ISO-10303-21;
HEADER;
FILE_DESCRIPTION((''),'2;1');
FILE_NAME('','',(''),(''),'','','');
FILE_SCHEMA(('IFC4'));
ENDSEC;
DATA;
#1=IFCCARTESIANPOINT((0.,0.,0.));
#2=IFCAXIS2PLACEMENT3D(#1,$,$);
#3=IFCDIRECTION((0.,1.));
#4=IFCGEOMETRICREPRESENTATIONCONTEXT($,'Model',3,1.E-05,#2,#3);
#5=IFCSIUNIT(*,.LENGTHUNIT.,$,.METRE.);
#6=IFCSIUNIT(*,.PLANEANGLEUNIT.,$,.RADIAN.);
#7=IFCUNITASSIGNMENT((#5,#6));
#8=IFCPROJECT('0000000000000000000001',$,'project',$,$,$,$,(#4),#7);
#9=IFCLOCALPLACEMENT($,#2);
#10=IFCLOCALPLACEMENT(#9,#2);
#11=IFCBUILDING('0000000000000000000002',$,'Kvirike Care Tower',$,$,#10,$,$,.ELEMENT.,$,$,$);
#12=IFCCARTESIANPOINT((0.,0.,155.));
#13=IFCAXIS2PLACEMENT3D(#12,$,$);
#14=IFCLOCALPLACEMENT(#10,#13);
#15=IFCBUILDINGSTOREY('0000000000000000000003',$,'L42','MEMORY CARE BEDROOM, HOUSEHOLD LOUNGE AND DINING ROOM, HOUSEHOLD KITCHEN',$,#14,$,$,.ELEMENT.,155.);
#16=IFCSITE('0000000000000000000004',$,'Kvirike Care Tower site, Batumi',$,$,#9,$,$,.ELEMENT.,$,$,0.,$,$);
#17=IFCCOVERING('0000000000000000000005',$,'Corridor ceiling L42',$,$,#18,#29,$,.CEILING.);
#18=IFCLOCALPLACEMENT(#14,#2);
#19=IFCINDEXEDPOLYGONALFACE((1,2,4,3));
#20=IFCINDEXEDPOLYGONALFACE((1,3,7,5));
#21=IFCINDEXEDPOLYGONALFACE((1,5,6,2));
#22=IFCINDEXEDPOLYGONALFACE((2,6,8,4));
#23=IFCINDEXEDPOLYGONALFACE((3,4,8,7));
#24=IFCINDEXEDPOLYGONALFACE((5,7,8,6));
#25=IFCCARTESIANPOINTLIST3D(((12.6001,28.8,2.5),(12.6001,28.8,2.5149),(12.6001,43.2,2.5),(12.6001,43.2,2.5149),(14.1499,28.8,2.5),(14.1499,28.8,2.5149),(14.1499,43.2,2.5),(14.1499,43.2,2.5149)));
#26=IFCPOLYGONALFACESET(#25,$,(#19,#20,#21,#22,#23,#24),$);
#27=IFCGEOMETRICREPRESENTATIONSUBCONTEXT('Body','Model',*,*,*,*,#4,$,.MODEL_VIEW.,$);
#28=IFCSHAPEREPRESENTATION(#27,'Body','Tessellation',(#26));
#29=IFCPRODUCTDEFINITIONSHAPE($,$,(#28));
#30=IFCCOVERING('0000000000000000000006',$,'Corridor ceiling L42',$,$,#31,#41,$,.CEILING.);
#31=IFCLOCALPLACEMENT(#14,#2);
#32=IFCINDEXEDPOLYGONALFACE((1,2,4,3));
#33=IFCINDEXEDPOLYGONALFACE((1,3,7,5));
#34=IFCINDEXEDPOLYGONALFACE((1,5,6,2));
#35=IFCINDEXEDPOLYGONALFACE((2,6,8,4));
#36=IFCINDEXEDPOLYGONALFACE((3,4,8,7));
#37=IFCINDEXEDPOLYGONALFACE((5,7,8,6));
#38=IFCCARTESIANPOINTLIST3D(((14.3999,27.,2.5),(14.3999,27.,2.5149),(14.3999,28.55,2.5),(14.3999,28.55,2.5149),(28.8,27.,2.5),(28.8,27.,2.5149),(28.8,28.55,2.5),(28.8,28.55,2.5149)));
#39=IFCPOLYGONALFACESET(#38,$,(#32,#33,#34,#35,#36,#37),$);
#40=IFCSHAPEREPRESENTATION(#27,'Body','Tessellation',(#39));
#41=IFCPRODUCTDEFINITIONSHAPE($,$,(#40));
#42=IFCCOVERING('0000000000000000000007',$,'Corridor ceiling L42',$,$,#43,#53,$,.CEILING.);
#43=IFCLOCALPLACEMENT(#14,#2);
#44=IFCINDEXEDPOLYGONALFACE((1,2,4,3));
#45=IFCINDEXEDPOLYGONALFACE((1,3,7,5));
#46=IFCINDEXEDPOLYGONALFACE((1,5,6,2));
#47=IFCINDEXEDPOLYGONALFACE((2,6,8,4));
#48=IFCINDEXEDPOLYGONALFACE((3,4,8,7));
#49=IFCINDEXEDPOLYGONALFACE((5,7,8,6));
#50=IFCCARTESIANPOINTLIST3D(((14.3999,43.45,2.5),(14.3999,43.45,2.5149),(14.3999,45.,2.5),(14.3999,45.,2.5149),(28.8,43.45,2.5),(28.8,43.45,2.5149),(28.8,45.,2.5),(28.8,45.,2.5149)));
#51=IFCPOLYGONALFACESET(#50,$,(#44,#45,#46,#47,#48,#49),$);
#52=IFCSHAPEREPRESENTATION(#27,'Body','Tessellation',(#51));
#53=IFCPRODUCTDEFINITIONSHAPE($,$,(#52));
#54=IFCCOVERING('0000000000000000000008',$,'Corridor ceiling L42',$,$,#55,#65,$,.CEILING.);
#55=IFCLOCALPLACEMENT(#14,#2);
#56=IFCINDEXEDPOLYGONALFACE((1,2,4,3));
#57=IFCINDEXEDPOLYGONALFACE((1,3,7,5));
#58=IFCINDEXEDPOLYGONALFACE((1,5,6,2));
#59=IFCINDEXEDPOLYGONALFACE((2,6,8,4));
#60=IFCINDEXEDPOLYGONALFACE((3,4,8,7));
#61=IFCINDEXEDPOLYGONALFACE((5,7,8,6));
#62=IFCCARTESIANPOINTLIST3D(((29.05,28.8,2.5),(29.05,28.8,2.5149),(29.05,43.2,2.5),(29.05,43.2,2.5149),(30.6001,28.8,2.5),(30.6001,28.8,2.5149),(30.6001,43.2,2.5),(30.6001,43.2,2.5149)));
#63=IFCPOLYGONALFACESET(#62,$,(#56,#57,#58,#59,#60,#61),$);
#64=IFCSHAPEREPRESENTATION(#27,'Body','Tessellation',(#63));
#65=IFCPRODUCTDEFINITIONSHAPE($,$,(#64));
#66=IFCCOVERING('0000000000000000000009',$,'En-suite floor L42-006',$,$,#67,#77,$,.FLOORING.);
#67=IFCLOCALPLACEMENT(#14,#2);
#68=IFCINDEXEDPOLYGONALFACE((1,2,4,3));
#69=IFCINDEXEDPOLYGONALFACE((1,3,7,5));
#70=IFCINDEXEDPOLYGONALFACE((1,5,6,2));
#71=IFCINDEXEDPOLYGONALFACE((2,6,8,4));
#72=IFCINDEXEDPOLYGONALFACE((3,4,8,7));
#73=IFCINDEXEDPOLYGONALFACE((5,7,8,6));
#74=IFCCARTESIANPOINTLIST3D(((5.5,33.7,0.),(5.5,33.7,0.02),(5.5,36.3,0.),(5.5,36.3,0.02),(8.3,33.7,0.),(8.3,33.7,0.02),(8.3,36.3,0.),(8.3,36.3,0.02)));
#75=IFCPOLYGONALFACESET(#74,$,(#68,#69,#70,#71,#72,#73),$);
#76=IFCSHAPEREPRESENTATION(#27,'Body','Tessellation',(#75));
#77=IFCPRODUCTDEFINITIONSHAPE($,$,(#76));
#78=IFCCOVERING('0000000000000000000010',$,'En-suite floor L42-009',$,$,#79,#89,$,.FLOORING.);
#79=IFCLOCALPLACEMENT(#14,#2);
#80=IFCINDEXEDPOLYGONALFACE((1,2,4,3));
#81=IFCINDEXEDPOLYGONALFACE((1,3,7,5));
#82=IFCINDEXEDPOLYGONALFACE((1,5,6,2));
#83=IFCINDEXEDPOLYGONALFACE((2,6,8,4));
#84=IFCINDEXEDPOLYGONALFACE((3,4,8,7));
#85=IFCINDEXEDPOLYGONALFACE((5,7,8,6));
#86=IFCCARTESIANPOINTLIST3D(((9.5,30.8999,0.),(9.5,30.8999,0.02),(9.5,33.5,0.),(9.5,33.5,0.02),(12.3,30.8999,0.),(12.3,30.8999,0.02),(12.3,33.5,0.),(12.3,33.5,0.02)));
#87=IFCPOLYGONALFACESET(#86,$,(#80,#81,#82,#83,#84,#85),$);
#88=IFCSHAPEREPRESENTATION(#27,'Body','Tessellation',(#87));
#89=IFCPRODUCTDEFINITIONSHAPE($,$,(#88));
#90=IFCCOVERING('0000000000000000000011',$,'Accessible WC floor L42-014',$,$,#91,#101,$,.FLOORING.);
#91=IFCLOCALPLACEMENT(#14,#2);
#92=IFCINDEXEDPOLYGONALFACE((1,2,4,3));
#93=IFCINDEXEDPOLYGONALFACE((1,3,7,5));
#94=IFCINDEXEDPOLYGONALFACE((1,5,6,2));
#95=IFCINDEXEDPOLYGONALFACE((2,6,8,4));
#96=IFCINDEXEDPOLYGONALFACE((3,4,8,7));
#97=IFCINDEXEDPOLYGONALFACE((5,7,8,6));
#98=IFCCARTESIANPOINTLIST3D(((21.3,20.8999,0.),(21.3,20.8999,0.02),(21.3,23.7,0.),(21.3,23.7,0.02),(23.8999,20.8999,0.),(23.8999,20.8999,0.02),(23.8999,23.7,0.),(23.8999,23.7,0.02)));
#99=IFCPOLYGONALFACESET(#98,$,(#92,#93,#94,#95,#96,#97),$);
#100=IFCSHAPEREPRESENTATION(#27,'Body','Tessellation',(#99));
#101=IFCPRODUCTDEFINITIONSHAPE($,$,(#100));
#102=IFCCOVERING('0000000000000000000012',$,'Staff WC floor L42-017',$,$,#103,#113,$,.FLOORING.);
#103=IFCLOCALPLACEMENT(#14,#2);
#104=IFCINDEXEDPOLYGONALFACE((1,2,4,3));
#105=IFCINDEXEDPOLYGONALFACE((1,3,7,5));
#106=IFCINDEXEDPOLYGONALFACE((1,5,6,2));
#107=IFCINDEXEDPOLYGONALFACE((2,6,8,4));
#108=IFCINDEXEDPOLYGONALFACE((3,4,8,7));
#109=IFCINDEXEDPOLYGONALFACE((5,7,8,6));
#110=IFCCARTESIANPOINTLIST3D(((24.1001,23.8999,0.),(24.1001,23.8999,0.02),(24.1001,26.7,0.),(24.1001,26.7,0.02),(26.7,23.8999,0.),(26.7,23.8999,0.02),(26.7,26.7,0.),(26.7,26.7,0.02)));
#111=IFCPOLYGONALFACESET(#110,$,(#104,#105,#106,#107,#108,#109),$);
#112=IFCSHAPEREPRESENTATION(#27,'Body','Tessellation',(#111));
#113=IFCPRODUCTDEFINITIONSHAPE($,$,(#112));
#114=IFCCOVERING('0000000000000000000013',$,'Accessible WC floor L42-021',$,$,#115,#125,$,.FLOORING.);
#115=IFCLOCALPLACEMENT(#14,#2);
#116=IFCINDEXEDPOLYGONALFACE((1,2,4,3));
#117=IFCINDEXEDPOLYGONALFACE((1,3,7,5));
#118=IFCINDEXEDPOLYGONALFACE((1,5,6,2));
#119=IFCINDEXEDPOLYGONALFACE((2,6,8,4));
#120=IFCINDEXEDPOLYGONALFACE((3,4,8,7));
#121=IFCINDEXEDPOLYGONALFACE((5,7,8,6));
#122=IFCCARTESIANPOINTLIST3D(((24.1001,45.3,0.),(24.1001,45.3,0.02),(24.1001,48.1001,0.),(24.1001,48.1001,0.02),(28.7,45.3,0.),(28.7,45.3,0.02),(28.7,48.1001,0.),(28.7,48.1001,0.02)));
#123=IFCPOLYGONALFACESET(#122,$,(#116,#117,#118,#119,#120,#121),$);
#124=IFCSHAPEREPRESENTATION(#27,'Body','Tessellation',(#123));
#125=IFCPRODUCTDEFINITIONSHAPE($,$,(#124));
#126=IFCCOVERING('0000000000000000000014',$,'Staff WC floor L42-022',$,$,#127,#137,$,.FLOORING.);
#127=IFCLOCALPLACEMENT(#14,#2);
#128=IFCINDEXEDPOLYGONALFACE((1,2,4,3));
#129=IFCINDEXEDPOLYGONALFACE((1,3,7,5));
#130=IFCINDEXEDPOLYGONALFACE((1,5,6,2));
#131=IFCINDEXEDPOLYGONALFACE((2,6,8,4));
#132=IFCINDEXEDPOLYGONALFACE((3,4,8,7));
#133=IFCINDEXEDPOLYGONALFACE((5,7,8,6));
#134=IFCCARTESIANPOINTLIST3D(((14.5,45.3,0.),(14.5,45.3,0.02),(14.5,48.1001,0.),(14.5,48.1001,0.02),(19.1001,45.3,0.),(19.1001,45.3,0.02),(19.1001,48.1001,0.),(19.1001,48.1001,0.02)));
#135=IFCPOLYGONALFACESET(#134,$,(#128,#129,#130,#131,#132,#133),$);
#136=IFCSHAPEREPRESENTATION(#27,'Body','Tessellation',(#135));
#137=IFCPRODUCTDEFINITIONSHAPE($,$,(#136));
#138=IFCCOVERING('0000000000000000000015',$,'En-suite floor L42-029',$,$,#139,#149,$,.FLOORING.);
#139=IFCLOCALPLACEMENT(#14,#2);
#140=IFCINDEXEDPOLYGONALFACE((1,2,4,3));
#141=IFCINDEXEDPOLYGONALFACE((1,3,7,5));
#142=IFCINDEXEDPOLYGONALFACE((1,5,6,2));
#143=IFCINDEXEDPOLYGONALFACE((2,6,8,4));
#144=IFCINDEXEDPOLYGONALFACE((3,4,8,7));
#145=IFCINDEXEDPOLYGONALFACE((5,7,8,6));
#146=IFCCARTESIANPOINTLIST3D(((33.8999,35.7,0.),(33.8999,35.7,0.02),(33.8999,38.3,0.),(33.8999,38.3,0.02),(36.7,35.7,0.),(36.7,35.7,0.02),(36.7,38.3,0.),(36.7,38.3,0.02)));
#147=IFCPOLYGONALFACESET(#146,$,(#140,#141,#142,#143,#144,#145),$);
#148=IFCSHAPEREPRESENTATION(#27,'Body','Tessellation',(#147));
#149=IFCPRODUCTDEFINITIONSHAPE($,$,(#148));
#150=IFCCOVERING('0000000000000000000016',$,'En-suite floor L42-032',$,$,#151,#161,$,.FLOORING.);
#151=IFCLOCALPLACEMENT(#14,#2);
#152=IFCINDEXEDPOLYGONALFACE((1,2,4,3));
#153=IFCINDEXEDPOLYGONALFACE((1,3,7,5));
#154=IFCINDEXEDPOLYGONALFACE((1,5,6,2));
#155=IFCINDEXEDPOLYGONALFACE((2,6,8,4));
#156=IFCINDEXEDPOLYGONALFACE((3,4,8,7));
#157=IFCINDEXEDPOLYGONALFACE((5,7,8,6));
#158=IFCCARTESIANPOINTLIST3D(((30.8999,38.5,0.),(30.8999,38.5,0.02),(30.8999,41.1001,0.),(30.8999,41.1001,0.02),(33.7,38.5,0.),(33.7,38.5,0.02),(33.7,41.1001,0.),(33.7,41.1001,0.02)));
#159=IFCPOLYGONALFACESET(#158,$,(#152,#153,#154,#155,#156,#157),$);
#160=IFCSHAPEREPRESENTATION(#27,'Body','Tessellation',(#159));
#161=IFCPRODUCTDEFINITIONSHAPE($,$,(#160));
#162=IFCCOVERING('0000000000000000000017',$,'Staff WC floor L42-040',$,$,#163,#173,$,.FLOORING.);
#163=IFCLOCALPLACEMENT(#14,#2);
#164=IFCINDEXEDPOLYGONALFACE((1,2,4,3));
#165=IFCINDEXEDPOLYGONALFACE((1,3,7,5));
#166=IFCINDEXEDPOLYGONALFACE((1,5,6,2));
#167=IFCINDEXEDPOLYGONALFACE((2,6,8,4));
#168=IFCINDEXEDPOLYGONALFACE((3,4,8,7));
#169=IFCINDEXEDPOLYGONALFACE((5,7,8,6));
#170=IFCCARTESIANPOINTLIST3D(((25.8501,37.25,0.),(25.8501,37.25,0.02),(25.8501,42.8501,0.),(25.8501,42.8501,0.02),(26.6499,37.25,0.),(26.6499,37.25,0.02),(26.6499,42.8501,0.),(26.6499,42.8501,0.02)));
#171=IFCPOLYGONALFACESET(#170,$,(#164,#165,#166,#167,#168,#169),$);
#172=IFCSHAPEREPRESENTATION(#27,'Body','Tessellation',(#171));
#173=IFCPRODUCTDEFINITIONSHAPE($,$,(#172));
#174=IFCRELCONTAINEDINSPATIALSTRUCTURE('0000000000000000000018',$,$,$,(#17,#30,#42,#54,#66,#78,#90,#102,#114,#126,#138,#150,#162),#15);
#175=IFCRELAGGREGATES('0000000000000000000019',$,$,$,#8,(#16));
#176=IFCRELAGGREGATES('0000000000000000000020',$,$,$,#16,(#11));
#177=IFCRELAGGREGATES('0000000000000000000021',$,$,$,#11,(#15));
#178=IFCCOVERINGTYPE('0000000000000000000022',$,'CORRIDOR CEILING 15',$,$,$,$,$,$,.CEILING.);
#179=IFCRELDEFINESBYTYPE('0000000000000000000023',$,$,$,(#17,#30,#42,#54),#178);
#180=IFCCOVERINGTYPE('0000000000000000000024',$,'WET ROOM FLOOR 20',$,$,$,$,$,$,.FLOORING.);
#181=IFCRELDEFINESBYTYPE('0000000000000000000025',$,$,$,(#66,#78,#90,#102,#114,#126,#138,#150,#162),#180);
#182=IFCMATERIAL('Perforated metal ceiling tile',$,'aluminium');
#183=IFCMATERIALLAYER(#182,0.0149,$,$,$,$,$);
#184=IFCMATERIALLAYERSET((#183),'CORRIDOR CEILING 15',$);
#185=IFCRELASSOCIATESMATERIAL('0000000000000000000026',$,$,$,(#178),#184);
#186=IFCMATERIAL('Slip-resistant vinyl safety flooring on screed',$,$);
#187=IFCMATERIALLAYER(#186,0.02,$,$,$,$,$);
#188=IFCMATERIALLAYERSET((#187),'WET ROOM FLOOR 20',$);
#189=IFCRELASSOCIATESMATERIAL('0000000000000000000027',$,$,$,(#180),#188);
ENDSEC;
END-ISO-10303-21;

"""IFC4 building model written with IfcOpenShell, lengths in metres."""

from ifc_helpers import new_model, si_unit, direction, frame, origin, place, context, subcontext, project, spatial, polyline, outline, extrude, material, layer, layer_set, type_object, element, save


model = new_model("IFC4")

# Units and contexts
model_context = context("Model", 3, precision=1e-05, world=origin(), true_north=direction((0.0, 1.0)))
body_context = subcontext(model_context, "Body", "Model", "MODEL_VIEW")
ifc_project = project(units=[si_unit("LENGTHUNIT", "METRE"), si_unit("PLANEANGLEUNIT", "RADIAN")], contexts=[model_context])

# Site, building, storey
site_placement = place(None, origin())
site = spatial("IfcSite", under=ifc_project, at=site_placement, Name="Kvirike Care Tower site, Batumi", CompositionType="ELEMENT", RefElevation=0.0)
building_placement = place(site_placement, origin())
building = spatial("IfcBuilding", under=site, at=building_placement, Name="Kvirike Care Tower", CompositionType="ELEMENT")
storey_placement = place(building_placement, frame((0.0, 0.0, 155.0)))
storey = spatial("IfcBuildingStorey", under=building, at=storey_placement, Name="L42", Description="MEMORY CARE BEDROOM, HOUSEHOLD LOUNGE AND DINING ROOM, HOUSEHOLD KITCHEN", CompositionType="ELEMENT", Elevation=155.0)

# Coverings
ifc_material_1 = material(Name="Perforated metal ceiling tile", Category="aluminium")
ifc_layer_1 = layer(ifc_material_1, 0.0149)
ifc_layer_set_1 = layer_set([ifc_layer_1], Name="CORRIDOR CEILING 15")
covering_type_1 = type_object("IfcCoveringType", Name="CORRIDOR CEILING 15", PredefinedType="CEILING", material=ifc_layer_set_1)
covering_1_placement = place(storey_placement, frame((0.0, 0.0, 2.5)))
element("IfcCovering", 1, at=covering_1_placement, inside=storey, type_object=covering_type_1, Name="Corridor ceiling L42", PredefinedType="CEILING", context=body_context, shape_type="SweptSolid", body=[
    extrude(outline(polyline([(12.6001, 43.2), (14.1499, 43.2), (14.1499, 28.8), (12.6001, 28.8), (12.6001, 43.2)])), origin(), (0.0, 0.0, 1.0), 0.0149),
])
covering_2_placement = place(storey_placement, frame((0.0, 0.0, 2.5)))
element("IfcCovering", 2, at=covering_2_placement, inside=storey, type_object=covering_type_1, Name="Corridor ceiling L42", PredefinedType="CEILING", context=body_context, shape_type="SweptSolid", body=[
    extrude(outline(polyline([(14.3999, 27.0), (14.3999, 28.55), (28.8, 28.55), (28.8, 27.0), (14.3999, 27.0)])), origin(), (0.0, 0.0, 1.0), 0.0149),
])
covering_3_placement = place(storey_placement, frame((0.0, 0.0, 2.5)))
element("IfcCovering", 3, at=covering_3_placement, inside=storey, type_object=covering_type_1, Name="Corridor ceiling L42", PredefinedType="CEILING", context=body_context, shape_type="SweptSolid", body=[
    extrude(outline(polyline([(28.8, 45.0), (28.8, 43.45), (14.3999, 43.45), (14.3999, 45.0), (28.8, 45.0)])), origin(), (0.0, 0.0, 1.0), 0.0149),
])
covering_4_placement = place(storey_placement, frame((0.0, 0.0, 2.5)))
element("IfcCovering", 4, at=covering_4_placement, inside=storey, type_object=covering_type_1, Name="Corridor ceiling L42", PredefinedType="CEILING", context=body_context, shape_type="SweptSolid", body=[
    extrude(outline(polyline([(30.6001, 28.8), (29.05, 28.8), (29.05, 43.2), (30.6001, 43.2), (30.6001, 28.8)])), origin(), (0.0, 0.0, 1.0), 0.0149),
])
ifc_material_2 = material(Name="Slip-resistant vinyl safety flooring on screed")
ifc_layer_2 = layer(ifc_material_2, 0.02)
ifc_layer_set_2 = layer_set([ifc_layer_2], Name="WET ROOM FLOOR 20")
covering_type_2 = type_object("IfcCoveringType", Name="WET ROOM FLOOR 20", PredefinedType="FLOORING", material=ifc_layer_set_2)
covering_5_placement = place(storey_placement, origin())
element("IfcCovering", 5, at=covering_5_placement, inside=storey, type_object=covering_type_2, Name="En-suite floor L42-006", PredefinedType="FLOORING", context=body_context, shape_type="SweptSolid", body=[
    extrude(outline(polyline([(5.5, 36.3), (8.3, 36.3), (8.3, 33.7), (5.5, 33.7), (5.5, 36.3)])), origin(), (0.0, 0.0, 1.0), 0.02),
])
covering_6_placement = place(storey_placement, origin())
element("IfcCovering", 6, at=covering_6_placement, inside=storey, type_object=covering_type_2, Name="En-suite floor L42-009", PredefinedType="FLOORING", context=body_context, shape_type="SweptSolid", body=[
    extrude(outline(polyline([(9.5, 33.5), (12.3, 33.5), (12.3, 30.8999), (9.5, 30.8999), (9.5, 33.5)])), origin(), (0.0, 0.0, 1.0), 0.02),
])
covering_7_placement = place(storey_placement, origin())
element("IfcCovering", 7, at=covering_7_placement, inside=storey, type_object=covering_type_2, Name="Accessible WC floor L42-014", PredefinedType="FLOORING", context=body_context, shape_type="SweptSolid", body=[
    extrude(outline(polyline([(21.3, 20.8999), (21.3, 23.7), (23.8999, 23.7), (23.8999, 20.8999), (21.3, 20.8999)])), origin(), (0.0, 0.0, 1.0), 0.02),
])
covering_8_placement = place(storey_placement, origin())
element("IfcCovering", 8, at=covering_8_placement, inside=storey, type_object=covering_type_2, Name="Staff WC floor L42-017", PredefinedType="FLOORING", context=body_context, shape_type="SweptSolid", body=[
    extrude(outline(polyline([(24.1001, 23.8999), (24.1001, 26.7), (26.7, 26.7), (26.7, 23.8999), (24.1001, 23.8999)])), origin(), (0.0, 0.0, 1.0), 0.02),
])
covering_9_placement = place(storey_placement, origin())
element("IfcCovering", 9, at=covering_9_placement, inside=storey, type_object=covering_type_2, Name="Accessible WC floor L42-021", PredefinedType="FLOORING", context=body_context, shape_type="SweptSolid", body=[
    extrude(outline(polyline([(28.7, 48.1001), (28.7, 45.3), (24.1001, 45.3), (24.1001, 48.1001), (28.7, 48.1001)])), origin(), (0.0, 0.0, 1.0), 0.02),
])
covering_10_placement = place(storey_placement, origin())
element("IfcCovering", 10, at=covering_10_placement, inside=storey, type_object=covering_type_2, Name="Staff WC floor L42-022", PredefinedType="FLOORING", context=body_context, shape_type="SweptSolid", body=[
    extrude(outline(polyline([(19.1001, 48.1001), (19.1001, 45.3), (14.5, 45.3), (14.5, 48.1001), (19.1001, 48.1001)])), origin(), (0.0, 0.0, 1.0), 0.02),
])
covering_11_placement = place(storey_placement, origin())
element("IfcCovering", 11, at=covering_11_placement, inside=storey, type_object=covering_type_2, Name="En-suite floor L42-029", PredefinedType="FLOORING", context=body_context, shape_type="SweptSolid", body=[
    extrude(outline(polyline([(36.7, 35.7), (33.8999, 35.7), (33.8999, 38.3), (36.7, 38.3), (36.7, 35.7)])), origin(), (0.0, 0.0, 1.0), 0.02),
])
covering_12_placement = place(storey_placement, origin())
element("IfcCovering", 12, at=covering_12_placement, inside=storey, type_object=covering_type_2, Name="En-suite floor L42-032", PredefinedType="FLOORING", context=body_context, shape_type="SweptSolid", body=[
    extrude(outline(polyline([(33.7, 38.5), (30.8999, 38.5), (30.8999, 41.1001), (33.7, 41.1001), (33.7, 38.5)])), origin(), (0.0, 0.0, 1.0), 0.02),
])
covering_13_placement = place(storey_placement, origin())
element("IfcCovering", 13, at=covering_13_placement, inside=storey, type_object=covering_type_2, Name="Staff WC floor L42-040", PredefinedType="FLOORING", context=body_context, shape_type="SweptSolid", body=[
    extrude(outline(polyline([(26.6499, 37.25), (25.8501, 37.25), (25.8501, 42.8501), (26.6499, 42.8501), (26.6499, 37.25)])), origin(), (0.0, 0.0, 1.0), 0.02),
])

save(model, "model.ifc")
